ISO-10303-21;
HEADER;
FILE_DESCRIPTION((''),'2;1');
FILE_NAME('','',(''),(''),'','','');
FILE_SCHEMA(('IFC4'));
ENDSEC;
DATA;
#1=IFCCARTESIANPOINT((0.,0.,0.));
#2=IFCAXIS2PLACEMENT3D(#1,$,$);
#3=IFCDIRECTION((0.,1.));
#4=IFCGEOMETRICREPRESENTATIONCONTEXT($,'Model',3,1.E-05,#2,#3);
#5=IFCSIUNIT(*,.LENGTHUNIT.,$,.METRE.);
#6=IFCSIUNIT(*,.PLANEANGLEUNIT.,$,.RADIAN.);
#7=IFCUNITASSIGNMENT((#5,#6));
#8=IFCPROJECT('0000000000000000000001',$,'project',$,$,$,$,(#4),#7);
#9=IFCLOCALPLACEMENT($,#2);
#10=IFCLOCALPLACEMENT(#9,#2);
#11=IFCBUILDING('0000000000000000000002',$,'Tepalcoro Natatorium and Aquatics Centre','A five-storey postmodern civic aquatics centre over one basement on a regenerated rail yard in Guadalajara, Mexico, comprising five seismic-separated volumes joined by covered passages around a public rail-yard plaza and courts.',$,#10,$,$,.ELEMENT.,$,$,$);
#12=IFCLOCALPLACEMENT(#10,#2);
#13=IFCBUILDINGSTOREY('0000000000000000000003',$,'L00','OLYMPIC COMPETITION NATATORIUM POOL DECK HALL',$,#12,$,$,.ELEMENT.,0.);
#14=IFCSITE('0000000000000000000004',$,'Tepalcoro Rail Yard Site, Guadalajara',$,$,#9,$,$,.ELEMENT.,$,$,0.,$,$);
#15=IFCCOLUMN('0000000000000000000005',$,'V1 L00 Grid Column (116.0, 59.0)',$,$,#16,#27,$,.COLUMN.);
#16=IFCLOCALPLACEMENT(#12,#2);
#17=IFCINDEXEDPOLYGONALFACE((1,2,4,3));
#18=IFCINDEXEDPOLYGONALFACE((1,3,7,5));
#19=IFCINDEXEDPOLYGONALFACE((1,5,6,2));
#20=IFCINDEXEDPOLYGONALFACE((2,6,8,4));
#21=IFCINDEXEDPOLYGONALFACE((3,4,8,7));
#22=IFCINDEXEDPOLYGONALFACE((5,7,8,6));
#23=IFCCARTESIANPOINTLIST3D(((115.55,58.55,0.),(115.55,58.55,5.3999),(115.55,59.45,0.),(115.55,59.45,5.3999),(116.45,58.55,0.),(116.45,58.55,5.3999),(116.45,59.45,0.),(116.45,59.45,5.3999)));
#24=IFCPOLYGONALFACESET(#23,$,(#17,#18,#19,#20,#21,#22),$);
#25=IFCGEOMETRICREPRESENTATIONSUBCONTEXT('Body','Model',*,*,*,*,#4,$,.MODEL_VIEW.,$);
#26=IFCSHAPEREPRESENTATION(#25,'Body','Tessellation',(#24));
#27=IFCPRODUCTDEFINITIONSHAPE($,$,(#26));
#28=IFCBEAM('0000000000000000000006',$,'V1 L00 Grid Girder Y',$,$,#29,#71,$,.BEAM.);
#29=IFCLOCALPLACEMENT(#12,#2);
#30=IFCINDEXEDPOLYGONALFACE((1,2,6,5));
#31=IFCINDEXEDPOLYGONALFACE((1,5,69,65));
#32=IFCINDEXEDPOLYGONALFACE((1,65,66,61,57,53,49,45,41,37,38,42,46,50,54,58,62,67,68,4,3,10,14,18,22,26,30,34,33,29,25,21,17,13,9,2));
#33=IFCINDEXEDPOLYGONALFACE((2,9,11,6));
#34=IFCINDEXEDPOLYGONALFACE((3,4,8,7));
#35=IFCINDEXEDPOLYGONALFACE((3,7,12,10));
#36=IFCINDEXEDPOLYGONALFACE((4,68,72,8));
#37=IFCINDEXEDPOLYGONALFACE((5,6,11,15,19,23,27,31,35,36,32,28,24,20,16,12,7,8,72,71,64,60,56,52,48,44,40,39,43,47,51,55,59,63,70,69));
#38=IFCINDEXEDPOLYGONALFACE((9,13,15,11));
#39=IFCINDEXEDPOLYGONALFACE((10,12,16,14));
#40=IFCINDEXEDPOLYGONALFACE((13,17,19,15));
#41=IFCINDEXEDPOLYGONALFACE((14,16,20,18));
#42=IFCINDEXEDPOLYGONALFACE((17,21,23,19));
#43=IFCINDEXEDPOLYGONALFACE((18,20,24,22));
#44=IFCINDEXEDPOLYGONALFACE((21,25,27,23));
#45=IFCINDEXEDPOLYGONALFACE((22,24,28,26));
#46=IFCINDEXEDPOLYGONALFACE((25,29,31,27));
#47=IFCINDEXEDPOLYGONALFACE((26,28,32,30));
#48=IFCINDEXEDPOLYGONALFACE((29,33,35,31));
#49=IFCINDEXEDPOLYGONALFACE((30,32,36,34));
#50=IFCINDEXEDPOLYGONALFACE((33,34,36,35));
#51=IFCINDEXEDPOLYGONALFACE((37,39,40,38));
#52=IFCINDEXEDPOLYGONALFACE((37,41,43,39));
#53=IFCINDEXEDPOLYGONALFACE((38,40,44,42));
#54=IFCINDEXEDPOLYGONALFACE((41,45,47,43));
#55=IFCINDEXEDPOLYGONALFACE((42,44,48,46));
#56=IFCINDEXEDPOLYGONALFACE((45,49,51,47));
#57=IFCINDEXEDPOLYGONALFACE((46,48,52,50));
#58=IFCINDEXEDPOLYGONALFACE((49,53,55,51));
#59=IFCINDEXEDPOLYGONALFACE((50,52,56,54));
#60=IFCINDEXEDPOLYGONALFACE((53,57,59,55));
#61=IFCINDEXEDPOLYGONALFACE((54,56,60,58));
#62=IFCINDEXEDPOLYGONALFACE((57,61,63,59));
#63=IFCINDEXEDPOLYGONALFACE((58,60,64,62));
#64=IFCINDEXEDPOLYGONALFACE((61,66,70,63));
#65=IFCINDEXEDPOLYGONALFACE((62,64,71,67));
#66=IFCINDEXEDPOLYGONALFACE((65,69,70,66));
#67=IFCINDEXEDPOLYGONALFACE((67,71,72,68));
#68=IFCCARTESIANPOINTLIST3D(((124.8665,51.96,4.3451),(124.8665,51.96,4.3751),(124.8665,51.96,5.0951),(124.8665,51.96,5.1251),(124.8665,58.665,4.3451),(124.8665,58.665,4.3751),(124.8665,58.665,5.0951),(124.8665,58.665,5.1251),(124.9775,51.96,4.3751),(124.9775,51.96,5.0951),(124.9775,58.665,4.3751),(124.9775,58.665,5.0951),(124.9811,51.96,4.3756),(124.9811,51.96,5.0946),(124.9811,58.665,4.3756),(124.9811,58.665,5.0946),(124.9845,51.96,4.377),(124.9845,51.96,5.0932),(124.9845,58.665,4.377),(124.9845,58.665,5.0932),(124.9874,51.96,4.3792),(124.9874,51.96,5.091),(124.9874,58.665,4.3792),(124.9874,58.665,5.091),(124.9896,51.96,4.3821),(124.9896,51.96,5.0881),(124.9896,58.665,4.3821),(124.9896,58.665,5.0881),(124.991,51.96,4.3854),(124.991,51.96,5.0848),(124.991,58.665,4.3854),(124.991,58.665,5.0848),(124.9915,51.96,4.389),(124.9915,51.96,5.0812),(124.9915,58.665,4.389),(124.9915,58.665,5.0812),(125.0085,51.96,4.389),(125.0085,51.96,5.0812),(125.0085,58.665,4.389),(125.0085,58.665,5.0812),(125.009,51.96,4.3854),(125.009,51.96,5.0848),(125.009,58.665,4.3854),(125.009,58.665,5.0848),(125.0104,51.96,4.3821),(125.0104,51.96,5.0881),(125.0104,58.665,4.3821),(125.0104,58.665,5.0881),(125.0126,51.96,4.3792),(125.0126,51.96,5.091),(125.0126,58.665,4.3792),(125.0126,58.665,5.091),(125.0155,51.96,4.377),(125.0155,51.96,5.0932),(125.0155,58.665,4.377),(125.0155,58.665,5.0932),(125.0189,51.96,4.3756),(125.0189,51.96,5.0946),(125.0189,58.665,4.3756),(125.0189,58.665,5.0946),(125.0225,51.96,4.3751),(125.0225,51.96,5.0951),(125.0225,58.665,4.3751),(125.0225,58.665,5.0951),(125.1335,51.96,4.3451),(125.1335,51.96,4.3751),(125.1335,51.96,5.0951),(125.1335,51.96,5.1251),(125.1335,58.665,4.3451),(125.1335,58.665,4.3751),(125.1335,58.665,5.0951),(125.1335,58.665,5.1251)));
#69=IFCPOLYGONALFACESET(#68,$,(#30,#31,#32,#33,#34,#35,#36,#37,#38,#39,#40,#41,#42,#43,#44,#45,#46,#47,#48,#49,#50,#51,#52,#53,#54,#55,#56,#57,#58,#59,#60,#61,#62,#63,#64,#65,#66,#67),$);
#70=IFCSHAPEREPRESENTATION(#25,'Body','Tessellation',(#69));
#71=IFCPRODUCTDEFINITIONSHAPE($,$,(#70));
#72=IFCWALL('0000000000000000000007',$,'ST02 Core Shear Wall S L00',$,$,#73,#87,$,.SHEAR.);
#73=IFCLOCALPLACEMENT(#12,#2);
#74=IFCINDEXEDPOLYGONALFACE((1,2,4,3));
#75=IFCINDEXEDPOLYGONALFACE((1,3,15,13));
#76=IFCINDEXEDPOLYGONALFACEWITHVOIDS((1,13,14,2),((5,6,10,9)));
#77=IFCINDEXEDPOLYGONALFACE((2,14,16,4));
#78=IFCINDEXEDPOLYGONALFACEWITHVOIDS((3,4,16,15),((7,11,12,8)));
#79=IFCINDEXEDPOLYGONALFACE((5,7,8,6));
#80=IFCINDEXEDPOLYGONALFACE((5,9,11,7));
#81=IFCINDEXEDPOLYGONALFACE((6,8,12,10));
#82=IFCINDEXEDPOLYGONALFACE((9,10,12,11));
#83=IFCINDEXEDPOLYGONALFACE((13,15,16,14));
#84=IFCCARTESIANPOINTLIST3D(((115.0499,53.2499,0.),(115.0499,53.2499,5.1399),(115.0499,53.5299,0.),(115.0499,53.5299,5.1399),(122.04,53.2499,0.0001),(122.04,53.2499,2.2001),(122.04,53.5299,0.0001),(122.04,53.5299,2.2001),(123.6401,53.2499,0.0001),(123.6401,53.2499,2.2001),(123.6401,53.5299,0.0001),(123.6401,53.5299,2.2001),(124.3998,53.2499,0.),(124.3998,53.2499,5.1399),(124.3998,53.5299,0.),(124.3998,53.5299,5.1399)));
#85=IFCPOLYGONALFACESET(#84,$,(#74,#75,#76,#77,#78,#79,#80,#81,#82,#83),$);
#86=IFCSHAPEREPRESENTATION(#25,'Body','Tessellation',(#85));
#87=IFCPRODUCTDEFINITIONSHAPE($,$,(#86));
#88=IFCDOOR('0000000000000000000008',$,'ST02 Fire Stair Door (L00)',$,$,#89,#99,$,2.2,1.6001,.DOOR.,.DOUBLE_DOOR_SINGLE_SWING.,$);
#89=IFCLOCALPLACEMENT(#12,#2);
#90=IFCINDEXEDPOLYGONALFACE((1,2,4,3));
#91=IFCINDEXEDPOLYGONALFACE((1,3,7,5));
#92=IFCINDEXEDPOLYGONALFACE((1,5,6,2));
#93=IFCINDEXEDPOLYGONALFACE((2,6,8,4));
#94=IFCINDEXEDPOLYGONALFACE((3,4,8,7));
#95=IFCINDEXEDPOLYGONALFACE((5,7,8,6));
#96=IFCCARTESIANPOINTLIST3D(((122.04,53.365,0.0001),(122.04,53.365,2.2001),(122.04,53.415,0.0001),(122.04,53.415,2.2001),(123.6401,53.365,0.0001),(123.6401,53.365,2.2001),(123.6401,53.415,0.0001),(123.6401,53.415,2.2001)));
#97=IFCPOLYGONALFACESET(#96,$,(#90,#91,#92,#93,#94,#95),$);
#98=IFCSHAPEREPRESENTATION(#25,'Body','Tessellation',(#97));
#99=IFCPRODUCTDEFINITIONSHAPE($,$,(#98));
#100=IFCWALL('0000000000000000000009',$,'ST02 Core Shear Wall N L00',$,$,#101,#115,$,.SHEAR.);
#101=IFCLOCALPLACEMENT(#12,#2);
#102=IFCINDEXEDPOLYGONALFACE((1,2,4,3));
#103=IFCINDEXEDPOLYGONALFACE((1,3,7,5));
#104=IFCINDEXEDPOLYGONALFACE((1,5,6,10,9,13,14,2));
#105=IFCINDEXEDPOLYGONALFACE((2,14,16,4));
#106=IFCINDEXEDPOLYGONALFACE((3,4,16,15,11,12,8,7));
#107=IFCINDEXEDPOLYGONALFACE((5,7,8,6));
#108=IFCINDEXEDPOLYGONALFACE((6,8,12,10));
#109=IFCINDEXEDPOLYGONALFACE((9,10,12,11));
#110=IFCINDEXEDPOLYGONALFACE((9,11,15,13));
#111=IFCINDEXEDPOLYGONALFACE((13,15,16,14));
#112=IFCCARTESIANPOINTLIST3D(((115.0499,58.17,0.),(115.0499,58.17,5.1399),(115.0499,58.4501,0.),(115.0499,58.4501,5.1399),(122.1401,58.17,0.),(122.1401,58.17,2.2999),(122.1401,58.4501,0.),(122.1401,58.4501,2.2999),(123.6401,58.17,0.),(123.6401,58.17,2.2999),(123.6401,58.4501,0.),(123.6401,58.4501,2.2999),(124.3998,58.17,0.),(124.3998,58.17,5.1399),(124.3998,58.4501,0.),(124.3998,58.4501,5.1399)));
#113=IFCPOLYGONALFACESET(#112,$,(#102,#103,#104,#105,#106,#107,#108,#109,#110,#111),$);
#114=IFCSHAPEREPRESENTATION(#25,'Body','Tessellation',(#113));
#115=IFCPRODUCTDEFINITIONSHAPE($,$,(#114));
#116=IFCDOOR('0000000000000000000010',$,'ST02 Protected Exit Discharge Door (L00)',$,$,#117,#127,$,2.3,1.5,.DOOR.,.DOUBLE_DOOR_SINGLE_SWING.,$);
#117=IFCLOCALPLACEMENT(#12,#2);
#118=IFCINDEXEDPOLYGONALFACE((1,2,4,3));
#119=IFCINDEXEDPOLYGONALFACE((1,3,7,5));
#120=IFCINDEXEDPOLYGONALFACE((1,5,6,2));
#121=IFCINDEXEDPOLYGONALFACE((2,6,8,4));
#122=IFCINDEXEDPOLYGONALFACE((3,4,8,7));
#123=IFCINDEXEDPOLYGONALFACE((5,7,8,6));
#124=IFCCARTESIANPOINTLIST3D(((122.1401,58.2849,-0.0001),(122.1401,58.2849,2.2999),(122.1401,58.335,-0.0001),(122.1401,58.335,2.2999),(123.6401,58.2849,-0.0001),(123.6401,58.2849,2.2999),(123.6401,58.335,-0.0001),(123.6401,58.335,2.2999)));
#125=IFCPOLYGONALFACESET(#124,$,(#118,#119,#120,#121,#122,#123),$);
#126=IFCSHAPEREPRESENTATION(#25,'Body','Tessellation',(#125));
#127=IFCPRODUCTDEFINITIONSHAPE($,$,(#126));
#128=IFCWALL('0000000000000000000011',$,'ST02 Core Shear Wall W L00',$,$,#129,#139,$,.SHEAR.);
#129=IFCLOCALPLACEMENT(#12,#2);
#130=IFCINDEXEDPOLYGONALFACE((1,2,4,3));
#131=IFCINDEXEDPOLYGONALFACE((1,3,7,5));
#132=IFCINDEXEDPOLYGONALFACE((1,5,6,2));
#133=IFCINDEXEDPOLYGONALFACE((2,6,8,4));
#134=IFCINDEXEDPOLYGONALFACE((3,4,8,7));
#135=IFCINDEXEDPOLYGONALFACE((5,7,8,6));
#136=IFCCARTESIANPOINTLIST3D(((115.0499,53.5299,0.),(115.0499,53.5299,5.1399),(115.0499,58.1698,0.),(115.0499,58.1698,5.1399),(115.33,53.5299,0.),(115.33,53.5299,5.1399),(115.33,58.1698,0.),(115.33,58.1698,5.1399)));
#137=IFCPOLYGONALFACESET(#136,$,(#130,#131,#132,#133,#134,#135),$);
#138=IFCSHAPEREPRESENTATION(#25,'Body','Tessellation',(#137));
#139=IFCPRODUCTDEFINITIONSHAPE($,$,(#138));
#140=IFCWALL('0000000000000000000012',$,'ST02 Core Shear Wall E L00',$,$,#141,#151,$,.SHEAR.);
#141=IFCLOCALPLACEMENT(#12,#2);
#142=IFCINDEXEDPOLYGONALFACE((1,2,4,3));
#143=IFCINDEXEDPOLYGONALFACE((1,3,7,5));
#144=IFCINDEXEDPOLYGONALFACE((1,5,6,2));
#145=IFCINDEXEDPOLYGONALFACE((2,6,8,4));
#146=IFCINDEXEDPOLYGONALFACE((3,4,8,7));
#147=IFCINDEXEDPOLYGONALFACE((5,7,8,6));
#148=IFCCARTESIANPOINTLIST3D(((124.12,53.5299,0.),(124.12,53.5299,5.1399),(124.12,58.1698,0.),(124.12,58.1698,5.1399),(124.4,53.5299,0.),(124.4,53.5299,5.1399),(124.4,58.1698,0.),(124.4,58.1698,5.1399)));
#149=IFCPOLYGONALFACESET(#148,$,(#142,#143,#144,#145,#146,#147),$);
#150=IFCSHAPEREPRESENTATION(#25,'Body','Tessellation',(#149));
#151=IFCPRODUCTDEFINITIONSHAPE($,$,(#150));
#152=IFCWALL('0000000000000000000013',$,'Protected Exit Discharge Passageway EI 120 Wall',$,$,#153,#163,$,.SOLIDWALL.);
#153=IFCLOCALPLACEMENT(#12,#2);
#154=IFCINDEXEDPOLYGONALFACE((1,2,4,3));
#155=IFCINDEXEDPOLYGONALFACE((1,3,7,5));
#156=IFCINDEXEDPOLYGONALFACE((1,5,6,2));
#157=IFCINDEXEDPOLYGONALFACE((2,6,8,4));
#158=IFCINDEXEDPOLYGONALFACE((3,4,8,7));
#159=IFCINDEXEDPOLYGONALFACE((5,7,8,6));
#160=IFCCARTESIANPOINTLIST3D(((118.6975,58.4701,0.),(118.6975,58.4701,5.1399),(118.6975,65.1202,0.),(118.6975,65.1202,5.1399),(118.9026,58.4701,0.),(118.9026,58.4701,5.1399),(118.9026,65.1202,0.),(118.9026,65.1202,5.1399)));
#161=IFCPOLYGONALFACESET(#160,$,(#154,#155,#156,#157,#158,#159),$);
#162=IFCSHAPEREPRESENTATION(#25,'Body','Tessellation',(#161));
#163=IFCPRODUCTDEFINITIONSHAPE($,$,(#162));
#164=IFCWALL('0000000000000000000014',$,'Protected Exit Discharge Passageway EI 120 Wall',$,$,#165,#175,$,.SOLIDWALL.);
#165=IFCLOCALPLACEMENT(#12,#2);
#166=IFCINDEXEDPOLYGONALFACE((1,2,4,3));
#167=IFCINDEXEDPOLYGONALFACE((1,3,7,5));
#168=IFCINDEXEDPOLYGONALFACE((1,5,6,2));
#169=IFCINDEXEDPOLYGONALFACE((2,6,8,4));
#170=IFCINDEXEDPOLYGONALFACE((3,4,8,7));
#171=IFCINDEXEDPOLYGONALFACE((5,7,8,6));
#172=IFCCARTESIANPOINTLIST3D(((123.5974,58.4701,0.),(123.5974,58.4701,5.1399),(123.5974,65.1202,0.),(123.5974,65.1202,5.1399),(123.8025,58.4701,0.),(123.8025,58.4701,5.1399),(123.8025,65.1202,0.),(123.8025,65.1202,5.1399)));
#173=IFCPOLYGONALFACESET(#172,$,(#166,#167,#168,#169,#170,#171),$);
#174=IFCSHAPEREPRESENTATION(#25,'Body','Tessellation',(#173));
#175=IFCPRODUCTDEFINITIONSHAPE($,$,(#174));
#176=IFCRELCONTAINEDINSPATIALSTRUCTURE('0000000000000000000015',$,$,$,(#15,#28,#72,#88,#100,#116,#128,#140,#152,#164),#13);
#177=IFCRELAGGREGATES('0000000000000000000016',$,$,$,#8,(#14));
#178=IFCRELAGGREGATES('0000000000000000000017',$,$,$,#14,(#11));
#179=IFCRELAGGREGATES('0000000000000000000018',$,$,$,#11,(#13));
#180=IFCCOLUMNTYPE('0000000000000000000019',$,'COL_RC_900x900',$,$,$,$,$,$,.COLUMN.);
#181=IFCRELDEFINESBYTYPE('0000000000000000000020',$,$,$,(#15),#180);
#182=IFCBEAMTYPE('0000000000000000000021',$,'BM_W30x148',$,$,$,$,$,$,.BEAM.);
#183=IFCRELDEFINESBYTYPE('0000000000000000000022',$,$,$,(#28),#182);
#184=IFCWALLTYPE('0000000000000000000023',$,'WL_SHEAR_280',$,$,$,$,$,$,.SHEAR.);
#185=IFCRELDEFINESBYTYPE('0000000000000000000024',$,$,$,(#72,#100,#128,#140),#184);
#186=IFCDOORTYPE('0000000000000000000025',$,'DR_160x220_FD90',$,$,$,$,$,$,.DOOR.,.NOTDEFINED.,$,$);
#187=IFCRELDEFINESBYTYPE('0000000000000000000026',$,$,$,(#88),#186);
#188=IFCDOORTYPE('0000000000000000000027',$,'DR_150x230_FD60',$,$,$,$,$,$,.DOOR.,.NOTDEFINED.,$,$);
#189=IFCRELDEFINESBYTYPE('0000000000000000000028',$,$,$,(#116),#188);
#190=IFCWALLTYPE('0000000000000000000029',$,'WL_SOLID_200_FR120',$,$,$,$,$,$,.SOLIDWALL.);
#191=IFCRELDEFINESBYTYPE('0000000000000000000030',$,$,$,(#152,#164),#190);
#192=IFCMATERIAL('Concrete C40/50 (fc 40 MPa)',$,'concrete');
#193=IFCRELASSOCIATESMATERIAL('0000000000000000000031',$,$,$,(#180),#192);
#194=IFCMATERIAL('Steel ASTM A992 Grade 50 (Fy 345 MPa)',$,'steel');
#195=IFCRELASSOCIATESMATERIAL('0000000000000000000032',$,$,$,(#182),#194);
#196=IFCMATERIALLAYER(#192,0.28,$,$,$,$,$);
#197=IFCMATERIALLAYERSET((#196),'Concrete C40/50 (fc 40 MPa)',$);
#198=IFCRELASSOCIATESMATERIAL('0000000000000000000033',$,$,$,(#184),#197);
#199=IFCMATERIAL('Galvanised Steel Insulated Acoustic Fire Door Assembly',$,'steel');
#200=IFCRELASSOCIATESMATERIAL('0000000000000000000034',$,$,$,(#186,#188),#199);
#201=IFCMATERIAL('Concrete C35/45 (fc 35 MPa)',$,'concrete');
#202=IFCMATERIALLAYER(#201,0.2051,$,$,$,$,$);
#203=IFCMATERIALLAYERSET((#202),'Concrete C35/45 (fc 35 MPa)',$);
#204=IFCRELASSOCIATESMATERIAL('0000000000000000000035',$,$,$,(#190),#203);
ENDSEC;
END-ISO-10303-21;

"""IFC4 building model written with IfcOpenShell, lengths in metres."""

from ifc_helpers import new_model, si_unit, direction, frame, frame_2d, origin, origin_2d, place, context, subcontext, project, spatial, rectangle, i_section, extrude, material, layer, layer_set, material_profile, profile_set, type_object, element, fill, save


model = new_model("IFC4")

# Units and contexts
model_context = context("Model", 3, precision=1e-05, world=origin(), true_north=direction((0.0, 1.0)))
body_context = subcontext(model_context, "Body", "Model", "MODEL_VIEW")
ifc_project = project(units=[si_unit("LENGTHUNIT", "METRE"), si_unit("PLANEANGLEUNIT", "RADIAN")], contexts=[model_context])

# Site, building, storey
site_placement = place(None, origin())
site = spatial("IfcSite", under=ifc_project, at=site_placement, Name="Tepalcoro Rail Yard Site, Guadalajara", CompositionType="ELEMENT", RefElevation=0.0)
building_placement = place(site_placement, origin())
building = spatial("IfcBuilding", under=site, at=building_placement, Name="Tepalcoro Natatorium and Aquatics Centre", Description="A five-storey postmodern civic aquatics centre over one basement on a regenerated rail yard in Guadalajara, Mexico, comprising five seismic-separated volumes joined by covered passages around a public rail-yard plaza and courts.", CompositionType="ELEMENT")
storey_placement = place(building_placement, origin())
storey = spatial("IfcBuildingStorey", under=building, at=storey_placement, Name="L00", Description="OLYMPIC COMPETITION NATATORIUM POOL DECK HALL", CompositionType="ELEMENT", Elevation=0.0)

# Column
ifc_material_1 = material(Name="Concrete C40/50 (fc 40 MPa)", Category="concrete")
ifc_material_profile_1 = material_profile(ifc_material_1, rectangle(XDim=0.8999, YDim=0.8999, at=origin_2d()), Name="RC900x900")
ifc_profile_set_1 = profile_set([ifc_material_profile_1], Name="Concrete C40/50 (fc 40 MPa)")
column_type = type_object("IfcColumnType", Name="COL_RC_900x900", PredefinedType="COLUMN", material=ifc_profile_set_1)
column_placement = place(storey_placement, frame((116.0, 59.0, 0.0), z_axis=(0.0, 0.0, 1.0), x_axis=(1.0, 0.0, 0.0)))
element("IfcColumn", 1, at=column_placement, inside=storey, type_object=column_type, Name="V1 L00 Grid Column (116.0, 59.0)", PredefinedType="COLUMN", context=body_context, shape_type="SweptSolid", body=[
    extrude(rectangle(XDim=0.8999, YDim=0.8999, at=origin_2d()), origin(), (0.0, 0.0, 1.0), 5.3999),
])

# Beam
ifc_material_2 = material(Name="Steel ASTM A992 Grade 50 (Fy 345 MPa)", Category="steel")
ifc_material_profile_2 = material_profile(ifc_material_2, i_section(OverallWidth=0.2671, OverallDepth=0.78, WebThickness=0.0171, FlangeThickness=0.03, FilletRadius=0.0139, at=origin_2d()), Name="W30X148")
ifc_profile_set_2 = profile_set([ifc_material_profile_2], Name="Steel ASTM A992 Grade 50 (Fy 345 MPa)")
beam_type = type_object("IfcBeamType", Name="BM_W30x148", PredefinedType="BEAM", material=ifc_profile_set_2)
beam_placement = place(storey_placement, frame((125.0, 51.96, 4.7351), z_axis=(0.0, 1.0, 0.0), x_axis=(-1.0, 0.0, 0.0)))
element("IfcBeam", 2, at=beam_placement, inside=storey, type_object=beam_type, Name="V1 L00 Grid Girder Y", PredefinedType="BEAM", context=body_context, shape_type="SweptSolid", body=[
    extrude(i_section(OverallWidth=0.2671, OverallDepth=0.78, WebThickness=0.0171, FlangeThickness=0.03, FilletRadius=0.0139, at=origin_2d()), origin(), (0.0, 0.0, 1.0), 6.7051),
])

# Walls, openings, doors
ifc_layer_1 = layer(ifc_material_1, 0.28)
ifc_layer_set_1 = layer_set([ifc_layer_1], Name="Concrete C40/50 (fc 40 MPa)")
wall_type_1 = type_object("IfcWallType", Name="WL_SHEAR_280", PredefinedType="SHEAR", material=ifc_layer_set_1)
wall_1_placement = place(storey_placement, frame((115.05, 53.3899, 0.0), z_axis=(0.0, 0.0, 1.0), x_axis=(1.0, 0.0, 0.0)))
wall_1 = element("IfcWall", 3, at=wall_1_placement, inside=storey, type_object=wall_type_1, Name="ST02 Core Shear Wall S L00", PredefinedType="SHEAR", context=body_context, shape_type="SweptSolid", body=[
    extrude(rectangle(XDim=9.3499, YDim=0.28, at=frame_2d((4.6748, 0.0))), origin(), (0.0, 0.0, 1.0), 5.1399),
])
opening_1_placement = place(wall_1_placement, frame((6.99, 0.0, 0.0)))
opening_1 = element("IfcOpeningElement", 4, at=opening_1_placement, cuts=wall_1, PredefinedType="OPENING", context=body_context, shape_type="SweptSolid", body=[
    extrude(rectangle(XDim=1.6001, YDim=2.2, at=frame_2d((0.8, 1.1001))), frame((0.0, 0.1519, 0.0), z_axis=(0.0, -1.0, 0.0), x_axis=(1.0, 0.0, 0.0)), (0.0, 0.0, 1.0), 0.304),
])
ifc_material_3 = material(Name="Galvanised Steel Insulated Acoustic Fire Door Assembly", Category="steel")
door_type_1 = type_object("IfcDoorType", Name="DR_160x220_FD90", OperationType="NOTDEFINED", PredefinedType="DOOR", material=ifc_material_3)
door_1_placement = place(opening_1_placement, frame((1.6001, 0.0, 0.0), z_axis=(0.0, 0.0, 1.0), x_axis=(-1.0, 0.0, 0.0)))
door_1 = element("IfcDoor", 5, at=door_1_placement, inside=storey, type_object=door_type_1, Name="ST02 Fire Stair Door (L00)", OperationType="DOUBLE_DOOR_SINGLE_SWING", OverallHeight=2.2, OverallWidth=1.6001, PredefinedType="DOOR", context=body_context, shape_type="SweptSolid", body=[
    extrude(rectangle(XDim=1.6001, YDim=2.2, at=frame_2d((0.8, 1.1001))), frame((0.0, 0.0249, 0.0), z_axis=(0.0, -1.0, 0.0), x_axis=(1.0, 0.0, 0.0)), (0.0, 0.0, 1.0), 0.05),
])
fill(opening_1, door_1)
wall_2_placement = place(storey_placement, frame((115.05, 58.3101, 0.0), z_axis=(0.0, 0.0, 1.0), x_axis=(1.0, 0.0, 0.0)))
wall_2 = element("IfcWall", 6, at=wall_2_placement, inside=storey, type_object=wall_type_1, Name="ST02 Core Shear Wall N L00", PredefinedType="SHEAR", context=body_context, shape_type="SweptSolid", body=[
    extrude(rectangle(XDim=9.3499, YDim=0.28, at=frame_2d((4.6748, 0.0))), origin(), (0.0, 0.0, 1.0), 5.1399),
])
opening_2_placement = place(wall_2_placement, frame((7.0901, 0.0, 0.0)))
opening_2 = element("IfcOpeningElement", 7, at=opening_2_placement, cuts=wall_2, PredefinedType="OPENING", context=body_context, shape_type="SweptSolid", body=[
    extrude(rectangle(XDim=1.5, YDim=2.3, at=frame_2d((0.75, 1.1499))), frame((0.0, 0.1519, 0.0), z_axis=(0.0, -1.0, 0.0), x_axis=(1.0, 0.0, 0.0)), (0.0, 0.0, 1.0), 0.304),
])
door_type_2 = type_object("IfcDoorType", Name="DR_150x230_FD60", OperationType="NOTDEFINED", PredefinedType="DOOR", material=ifc_material_3)
door_2_placement = place(opening_2_placement, origin())
door_2 = element("IfcDoor", 8, at=door_2_placement, inside=storey, type_object=door_type_2, Name="ST02 Protected Exit Discharge Door (L00)", OperationType="DOUBLE_DOOR_SINGLE_SWING", OverallHeight=2.3, OverallWidth=1.5, PredefinedType="DOOR", context=body_context, shape_type="SweptSolid", body=[
    extrude(rectangle(XDim=1.5, YDim=2.3, at=frame_2d((0.75, 1.1499))), frame((0.0, 0.0249, 0.0), z_axis=(0.0, -1.0, 0.0), x_axis=(1.0, 0.0, 0.0)), (0.0, 0.0, 1.0), 0.05),
])
fill(opening_2, door_2)

# Walls
for number, where, z_axis, x_axis, name in (
    (9, (115.1899, 53.53, 0.0), (0.0, 0.0, 1.0), (0.0, 1.0, 0.0), "ST02 Core Shear Wall W L00"),
    (10, (124.26, 53.53, 0.0), (0.0, 0.0, 1.0), (0.0, 1.0, 0.0), "ST02 Core Shear Wall E L00"),
):
    element("IfcWall", number, at=place(storey_placement, frame(where, z_axis=z_axis, x_axis=x_axis)), inside=storey, type_object=wall_type_1, Name=name, PredefinedType="SHEAR", context=body_context, shape_type="SweptSolid", body=[
        extrude(rectangle(XDim=4.6399, YDim=0.28, at=frame_2d((2.3198, 0.0))), origin(), (0.0, 0.0, 1.0), 5.1399),
    ])
ifc_material_4 = material(Name="Concrete C35/45 (fc 35 MPa)", Category="concrete")
ifc_layer_2 = layer(ifc_material_4, 0.2051)
ifc_layer_set_2 = layer_set([ifc_layer_2], Name="Concrete C35/45 (fc 35 MPa)")
wall_type_2 = type_object("IfcWallType", Name="WL_SOLID_200_FR120", PredefinedType="SOLIDWALL", material=ifc_layer_set_2)
for number, where, z_axis, x_axis, name in (
    (11, (118.8, 58.47, 0.0), (0.0, 0.0, 1.0), (0.0, 1.0, 0.0), "Protected Exit Discharge Passageway EI 120 Wall"),
    (12, (123.7, 58.47, 0.0), (0.0, 0.0, 1.0), (0.0, 1.0, 0.0), "Protected Exit Discharge Passageway EI 120 Wall"),
):
    element("IfcWall", number, at=place(storey_placement, frame(where, z_axis=z_axis, x_axis=x_axis)), inside=storey, type_object=wall_type_2, Name=name, PredefinedType="SOLIDWALL", context=body_context, shape_type="SweptSolid", body=[
        extrude(rectangle(XDim=6.6501, YDim=0.2051, at=frame_2d((3.3252, 0.0))), origin(), (0.0, 0.0, 1.0), 5.1399),
    ])

save(model, "model.ifc")
